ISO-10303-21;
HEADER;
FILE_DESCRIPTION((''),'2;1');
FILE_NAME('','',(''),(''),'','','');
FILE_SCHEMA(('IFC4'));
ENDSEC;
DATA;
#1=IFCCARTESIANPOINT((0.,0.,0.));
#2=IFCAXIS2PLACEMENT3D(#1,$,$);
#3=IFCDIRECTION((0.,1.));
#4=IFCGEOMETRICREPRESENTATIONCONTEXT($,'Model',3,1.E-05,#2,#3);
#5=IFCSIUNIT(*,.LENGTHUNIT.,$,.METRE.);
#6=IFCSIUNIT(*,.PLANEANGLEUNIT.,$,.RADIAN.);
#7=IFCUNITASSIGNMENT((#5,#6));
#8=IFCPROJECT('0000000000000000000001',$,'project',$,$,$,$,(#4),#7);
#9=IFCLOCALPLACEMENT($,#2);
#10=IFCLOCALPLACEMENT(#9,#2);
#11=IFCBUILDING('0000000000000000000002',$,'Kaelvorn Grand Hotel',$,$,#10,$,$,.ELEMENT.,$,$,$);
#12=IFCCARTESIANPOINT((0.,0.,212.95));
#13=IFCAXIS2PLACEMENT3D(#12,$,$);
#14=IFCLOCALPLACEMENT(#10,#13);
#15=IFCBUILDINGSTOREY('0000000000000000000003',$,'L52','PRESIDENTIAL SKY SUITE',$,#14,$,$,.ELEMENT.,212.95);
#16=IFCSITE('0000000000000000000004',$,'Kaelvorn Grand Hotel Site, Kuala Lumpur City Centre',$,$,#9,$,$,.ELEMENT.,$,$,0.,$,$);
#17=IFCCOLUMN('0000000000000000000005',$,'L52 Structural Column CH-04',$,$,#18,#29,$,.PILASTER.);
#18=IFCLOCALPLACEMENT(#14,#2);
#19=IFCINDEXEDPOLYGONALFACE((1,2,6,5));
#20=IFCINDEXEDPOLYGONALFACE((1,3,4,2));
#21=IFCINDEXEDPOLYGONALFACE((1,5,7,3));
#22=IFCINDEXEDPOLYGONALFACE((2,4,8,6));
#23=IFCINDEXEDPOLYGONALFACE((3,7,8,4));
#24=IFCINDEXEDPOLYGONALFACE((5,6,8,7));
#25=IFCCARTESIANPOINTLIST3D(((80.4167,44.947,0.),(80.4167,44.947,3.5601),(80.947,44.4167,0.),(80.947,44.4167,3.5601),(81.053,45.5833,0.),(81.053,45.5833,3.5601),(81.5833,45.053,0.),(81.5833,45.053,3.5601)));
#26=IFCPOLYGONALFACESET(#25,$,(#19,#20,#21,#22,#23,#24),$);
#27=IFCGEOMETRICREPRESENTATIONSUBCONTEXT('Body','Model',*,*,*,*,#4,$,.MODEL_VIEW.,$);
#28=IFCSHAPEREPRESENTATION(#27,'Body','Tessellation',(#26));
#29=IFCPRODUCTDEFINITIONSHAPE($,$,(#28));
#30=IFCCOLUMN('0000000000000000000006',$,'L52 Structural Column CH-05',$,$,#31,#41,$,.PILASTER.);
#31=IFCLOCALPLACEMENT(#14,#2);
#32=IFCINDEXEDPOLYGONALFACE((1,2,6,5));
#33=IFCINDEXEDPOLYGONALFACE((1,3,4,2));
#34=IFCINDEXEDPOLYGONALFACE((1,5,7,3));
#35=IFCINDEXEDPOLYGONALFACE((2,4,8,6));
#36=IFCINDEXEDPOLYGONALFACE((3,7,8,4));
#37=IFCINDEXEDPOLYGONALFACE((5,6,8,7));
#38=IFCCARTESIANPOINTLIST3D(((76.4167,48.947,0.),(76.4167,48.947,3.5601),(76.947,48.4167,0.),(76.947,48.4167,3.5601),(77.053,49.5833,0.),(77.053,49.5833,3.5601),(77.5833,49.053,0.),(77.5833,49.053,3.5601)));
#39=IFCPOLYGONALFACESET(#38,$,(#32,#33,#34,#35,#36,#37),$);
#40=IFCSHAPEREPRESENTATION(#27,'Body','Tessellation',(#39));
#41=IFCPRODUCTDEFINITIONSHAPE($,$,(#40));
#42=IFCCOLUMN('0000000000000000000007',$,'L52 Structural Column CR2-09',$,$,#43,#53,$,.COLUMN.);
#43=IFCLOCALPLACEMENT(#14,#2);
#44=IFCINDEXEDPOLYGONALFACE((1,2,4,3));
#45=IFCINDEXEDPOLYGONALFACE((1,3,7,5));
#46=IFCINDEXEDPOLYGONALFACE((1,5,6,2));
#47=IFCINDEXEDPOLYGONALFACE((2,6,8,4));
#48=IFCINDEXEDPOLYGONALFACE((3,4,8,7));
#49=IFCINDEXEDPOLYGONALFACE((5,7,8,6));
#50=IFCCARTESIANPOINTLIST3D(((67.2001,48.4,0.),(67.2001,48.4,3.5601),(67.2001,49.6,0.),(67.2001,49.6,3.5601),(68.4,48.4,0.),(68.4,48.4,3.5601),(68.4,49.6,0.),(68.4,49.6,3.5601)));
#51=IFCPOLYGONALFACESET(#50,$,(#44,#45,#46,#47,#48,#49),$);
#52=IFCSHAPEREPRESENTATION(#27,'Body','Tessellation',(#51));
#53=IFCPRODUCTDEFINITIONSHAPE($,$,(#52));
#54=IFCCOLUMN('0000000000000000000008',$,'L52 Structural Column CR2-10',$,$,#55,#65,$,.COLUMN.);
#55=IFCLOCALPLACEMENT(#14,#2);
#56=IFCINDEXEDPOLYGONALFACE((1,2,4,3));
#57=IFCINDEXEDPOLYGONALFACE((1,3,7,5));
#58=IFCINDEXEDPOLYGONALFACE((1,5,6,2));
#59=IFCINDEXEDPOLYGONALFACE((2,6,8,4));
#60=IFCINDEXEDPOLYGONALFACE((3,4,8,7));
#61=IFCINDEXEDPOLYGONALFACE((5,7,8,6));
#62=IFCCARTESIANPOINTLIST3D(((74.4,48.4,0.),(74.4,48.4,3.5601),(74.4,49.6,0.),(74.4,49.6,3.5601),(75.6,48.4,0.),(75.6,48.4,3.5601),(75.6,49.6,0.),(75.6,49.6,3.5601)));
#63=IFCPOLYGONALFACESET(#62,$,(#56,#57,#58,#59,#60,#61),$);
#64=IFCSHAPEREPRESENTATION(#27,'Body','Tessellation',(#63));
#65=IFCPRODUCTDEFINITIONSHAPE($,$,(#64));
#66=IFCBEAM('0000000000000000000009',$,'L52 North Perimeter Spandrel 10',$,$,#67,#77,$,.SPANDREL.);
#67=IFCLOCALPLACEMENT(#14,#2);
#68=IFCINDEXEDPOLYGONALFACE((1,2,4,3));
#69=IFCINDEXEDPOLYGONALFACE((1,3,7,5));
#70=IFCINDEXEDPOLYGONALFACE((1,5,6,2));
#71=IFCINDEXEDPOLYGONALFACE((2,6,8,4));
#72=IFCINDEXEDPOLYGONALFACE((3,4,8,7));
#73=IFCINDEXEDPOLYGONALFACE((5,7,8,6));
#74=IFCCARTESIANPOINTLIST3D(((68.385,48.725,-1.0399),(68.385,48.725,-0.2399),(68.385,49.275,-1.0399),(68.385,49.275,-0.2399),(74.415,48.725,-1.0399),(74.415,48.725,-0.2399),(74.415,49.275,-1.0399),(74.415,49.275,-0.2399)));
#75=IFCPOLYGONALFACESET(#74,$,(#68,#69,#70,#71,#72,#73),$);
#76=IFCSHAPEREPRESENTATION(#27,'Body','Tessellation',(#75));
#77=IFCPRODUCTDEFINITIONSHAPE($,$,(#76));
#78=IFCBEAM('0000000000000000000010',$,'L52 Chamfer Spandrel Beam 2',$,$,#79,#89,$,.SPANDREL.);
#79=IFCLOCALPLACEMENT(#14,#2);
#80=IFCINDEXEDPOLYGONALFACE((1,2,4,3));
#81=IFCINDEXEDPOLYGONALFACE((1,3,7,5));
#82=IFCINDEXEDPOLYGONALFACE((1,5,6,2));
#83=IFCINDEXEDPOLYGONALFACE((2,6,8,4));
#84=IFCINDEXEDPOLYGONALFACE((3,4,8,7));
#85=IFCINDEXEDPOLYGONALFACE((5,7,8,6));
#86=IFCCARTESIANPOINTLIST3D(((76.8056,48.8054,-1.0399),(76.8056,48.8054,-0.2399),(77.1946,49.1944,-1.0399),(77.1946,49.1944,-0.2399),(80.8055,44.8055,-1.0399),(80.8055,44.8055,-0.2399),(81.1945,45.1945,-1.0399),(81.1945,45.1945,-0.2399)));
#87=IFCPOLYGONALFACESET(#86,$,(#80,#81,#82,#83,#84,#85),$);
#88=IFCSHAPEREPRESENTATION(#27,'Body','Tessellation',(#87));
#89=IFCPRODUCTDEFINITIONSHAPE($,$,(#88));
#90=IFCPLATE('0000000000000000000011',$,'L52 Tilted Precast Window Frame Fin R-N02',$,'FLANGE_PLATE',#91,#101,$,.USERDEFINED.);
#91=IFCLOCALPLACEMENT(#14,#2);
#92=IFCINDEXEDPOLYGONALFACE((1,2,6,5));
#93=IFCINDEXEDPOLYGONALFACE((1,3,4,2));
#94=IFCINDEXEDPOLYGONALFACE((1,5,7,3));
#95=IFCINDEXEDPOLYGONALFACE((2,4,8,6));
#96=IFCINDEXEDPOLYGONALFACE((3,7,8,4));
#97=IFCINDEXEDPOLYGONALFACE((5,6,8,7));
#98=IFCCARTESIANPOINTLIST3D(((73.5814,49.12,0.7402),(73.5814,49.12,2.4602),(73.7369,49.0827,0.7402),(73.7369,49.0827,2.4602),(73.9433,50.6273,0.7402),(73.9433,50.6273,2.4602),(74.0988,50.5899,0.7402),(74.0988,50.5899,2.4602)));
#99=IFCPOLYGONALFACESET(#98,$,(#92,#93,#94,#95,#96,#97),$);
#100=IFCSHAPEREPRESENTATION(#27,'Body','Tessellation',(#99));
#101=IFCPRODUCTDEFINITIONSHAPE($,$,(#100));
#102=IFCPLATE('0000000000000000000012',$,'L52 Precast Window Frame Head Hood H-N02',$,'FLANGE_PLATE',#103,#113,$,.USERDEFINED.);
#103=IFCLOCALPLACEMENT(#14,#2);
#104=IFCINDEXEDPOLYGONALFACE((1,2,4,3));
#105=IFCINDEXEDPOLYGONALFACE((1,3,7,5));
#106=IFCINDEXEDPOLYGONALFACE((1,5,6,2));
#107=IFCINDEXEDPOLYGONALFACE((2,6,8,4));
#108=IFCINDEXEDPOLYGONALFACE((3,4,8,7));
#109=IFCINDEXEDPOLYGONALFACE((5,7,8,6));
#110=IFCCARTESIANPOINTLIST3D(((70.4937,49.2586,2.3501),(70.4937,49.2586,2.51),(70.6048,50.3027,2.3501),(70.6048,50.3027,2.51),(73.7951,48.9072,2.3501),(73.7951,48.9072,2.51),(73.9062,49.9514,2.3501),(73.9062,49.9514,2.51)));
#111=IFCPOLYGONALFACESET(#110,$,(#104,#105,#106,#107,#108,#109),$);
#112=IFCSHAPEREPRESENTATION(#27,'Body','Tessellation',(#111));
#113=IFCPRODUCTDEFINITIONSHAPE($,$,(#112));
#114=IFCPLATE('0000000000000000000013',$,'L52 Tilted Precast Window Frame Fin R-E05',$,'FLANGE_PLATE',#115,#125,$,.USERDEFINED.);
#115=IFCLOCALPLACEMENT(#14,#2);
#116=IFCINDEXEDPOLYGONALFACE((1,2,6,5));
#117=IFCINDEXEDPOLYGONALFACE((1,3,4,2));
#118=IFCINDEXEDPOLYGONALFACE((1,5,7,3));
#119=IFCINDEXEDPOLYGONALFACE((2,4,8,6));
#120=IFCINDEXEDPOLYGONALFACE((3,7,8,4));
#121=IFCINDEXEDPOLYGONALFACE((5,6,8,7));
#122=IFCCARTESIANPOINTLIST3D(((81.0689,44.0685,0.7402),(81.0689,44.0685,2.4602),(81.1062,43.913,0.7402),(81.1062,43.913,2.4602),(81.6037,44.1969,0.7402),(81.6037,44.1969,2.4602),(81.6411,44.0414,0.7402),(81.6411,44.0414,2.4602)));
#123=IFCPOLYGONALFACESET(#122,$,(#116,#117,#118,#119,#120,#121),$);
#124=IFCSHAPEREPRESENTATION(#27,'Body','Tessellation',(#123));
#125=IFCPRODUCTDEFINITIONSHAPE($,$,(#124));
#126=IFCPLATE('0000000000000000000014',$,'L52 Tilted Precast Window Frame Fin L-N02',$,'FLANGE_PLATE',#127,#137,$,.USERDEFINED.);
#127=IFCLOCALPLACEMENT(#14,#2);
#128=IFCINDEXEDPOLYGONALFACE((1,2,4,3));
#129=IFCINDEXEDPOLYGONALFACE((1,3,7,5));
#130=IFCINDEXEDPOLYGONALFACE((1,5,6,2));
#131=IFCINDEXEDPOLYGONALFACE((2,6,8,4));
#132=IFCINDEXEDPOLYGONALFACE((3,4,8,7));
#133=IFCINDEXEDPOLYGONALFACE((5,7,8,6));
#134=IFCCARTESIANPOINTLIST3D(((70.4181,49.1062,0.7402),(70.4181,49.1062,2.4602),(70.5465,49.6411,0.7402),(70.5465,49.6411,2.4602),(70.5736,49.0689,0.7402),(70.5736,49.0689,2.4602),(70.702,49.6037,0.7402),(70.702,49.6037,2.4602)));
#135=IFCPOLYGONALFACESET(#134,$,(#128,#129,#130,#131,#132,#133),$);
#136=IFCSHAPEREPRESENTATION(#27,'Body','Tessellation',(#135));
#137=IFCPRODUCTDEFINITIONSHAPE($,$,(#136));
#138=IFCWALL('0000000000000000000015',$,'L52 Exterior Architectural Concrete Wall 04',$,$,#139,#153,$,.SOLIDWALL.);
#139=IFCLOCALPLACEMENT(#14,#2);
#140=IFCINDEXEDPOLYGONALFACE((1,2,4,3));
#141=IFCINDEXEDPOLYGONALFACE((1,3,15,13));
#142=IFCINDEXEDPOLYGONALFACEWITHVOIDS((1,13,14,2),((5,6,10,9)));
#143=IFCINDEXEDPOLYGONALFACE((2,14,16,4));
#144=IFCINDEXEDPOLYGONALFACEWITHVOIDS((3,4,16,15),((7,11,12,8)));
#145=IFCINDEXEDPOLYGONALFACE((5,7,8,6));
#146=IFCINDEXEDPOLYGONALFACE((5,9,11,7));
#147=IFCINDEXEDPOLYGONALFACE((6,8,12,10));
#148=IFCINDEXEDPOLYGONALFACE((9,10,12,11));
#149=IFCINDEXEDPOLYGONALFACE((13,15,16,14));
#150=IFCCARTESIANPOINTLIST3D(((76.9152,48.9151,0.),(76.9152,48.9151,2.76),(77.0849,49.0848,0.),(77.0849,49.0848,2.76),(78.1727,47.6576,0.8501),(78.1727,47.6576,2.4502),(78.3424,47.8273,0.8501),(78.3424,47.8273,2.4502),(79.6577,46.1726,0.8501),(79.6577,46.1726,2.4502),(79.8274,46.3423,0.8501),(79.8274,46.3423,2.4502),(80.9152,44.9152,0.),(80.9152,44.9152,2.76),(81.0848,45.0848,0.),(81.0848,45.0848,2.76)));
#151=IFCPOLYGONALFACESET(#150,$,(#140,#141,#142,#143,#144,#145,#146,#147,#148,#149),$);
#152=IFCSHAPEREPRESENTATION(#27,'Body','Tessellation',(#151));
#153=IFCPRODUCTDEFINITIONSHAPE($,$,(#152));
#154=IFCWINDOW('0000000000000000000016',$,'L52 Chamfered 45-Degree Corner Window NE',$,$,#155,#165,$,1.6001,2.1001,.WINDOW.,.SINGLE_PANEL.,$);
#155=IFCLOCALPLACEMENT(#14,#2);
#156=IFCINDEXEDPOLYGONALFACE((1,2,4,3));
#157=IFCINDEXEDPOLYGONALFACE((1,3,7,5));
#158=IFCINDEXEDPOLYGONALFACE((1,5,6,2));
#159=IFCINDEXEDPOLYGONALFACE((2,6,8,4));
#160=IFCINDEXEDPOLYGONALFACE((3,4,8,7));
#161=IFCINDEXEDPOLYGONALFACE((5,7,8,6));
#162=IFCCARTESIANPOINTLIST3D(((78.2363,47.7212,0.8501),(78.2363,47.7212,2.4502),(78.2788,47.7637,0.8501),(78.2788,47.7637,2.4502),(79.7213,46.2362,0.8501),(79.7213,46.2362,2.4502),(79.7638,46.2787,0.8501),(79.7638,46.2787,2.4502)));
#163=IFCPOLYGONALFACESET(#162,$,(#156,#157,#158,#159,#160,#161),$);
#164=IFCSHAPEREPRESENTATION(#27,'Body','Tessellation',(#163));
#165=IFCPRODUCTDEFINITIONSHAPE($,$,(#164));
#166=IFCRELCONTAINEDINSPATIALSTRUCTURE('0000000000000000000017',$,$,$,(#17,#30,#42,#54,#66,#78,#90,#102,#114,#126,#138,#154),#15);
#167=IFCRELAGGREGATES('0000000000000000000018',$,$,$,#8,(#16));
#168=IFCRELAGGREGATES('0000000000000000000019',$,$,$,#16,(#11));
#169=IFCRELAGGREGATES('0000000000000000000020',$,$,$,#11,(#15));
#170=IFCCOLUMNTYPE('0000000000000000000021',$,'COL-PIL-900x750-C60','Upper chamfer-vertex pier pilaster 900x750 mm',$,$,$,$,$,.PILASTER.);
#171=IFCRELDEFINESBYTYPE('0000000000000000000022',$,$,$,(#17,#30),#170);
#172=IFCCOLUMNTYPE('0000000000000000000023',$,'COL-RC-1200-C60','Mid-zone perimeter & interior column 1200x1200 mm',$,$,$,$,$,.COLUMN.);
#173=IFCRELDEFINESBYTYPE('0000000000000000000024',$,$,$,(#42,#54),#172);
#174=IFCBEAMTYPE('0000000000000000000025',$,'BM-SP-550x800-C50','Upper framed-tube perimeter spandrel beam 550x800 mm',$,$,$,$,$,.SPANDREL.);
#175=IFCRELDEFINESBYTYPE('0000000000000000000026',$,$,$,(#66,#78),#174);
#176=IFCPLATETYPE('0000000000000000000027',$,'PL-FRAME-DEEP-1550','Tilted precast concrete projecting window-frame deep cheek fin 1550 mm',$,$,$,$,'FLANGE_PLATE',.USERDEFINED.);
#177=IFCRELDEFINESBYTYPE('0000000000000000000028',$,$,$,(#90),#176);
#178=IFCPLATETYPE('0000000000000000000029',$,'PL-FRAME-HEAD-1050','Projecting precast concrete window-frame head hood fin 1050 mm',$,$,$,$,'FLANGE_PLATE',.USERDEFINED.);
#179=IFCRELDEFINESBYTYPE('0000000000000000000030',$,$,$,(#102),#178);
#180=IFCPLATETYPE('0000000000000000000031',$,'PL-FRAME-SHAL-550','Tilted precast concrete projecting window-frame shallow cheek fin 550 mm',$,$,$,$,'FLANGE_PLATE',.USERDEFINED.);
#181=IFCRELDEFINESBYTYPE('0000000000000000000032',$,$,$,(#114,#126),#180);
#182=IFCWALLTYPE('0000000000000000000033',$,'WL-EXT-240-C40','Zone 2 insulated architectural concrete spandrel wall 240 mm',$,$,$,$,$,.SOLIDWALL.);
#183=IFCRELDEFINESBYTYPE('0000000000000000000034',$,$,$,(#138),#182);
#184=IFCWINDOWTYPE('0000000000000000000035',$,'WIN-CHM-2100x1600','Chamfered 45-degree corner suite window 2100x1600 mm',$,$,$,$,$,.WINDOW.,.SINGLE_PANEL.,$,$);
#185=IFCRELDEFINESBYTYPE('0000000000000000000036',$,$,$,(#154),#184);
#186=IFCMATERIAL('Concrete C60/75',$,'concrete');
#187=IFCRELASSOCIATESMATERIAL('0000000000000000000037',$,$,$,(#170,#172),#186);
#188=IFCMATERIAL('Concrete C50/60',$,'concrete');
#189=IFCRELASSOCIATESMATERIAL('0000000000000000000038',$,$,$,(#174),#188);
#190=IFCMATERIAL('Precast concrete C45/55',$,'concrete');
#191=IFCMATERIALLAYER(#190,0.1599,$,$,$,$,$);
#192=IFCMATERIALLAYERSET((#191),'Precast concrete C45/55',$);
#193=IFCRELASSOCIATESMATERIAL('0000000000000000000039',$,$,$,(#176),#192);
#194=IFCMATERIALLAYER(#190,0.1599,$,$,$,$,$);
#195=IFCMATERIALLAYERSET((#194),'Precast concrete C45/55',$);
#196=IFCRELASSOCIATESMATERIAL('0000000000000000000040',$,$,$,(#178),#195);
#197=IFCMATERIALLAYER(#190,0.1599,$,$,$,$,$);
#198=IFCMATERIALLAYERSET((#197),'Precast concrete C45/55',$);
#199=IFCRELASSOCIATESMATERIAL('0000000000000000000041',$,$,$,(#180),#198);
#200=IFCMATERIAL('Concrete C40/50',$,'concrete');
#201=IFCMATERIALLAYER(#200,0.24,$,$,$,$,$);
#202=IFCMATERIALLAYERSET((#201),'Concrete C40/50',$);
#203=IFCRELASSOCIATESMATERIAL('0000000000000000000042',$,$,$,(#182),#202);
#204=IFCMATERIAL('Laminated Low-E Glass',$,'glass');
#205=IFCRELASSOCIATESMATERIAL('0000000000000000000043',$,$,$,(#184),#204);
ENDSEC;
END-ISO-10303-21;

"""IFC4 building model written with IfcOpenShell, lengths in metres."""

from ifc_helpers import new_model, si_unit, direction, frame, frame_2d, origin, origin_2d, place, context, subcontext, project, spatial, rectangle, extrude, material, layer, layer_set, material_profile, profile_set, type_object, element, fill, save


model = new_model("IFC4")

# Units and contexts
model_context = context("Model", 3, precision=1e-05, world=origin(), true_north=direction((0.0, 1.0)))
body_context = subcontext(model_context, "Body", "Model", "MODEL_VIEW")
ifc_project = project(units=[si_unit("LENGTHUNIT", "METRE"), si_unit("PLANEANGLEUNIT", "RADIAN")], contexts=[model_context])

# Site, building, storey
site_placement = place(None, origin())
site = spatial("IfcSite", under=ifc_project, at=site_placement, Name="Kaelvorn Grand Hotel Site, Kuala Lumpur City Centre", CompositionType="ELEMENT", RefElevation=0.0)
building_placement = place(site_placement, origin())
building = spatial("IfcBuilding", under=site, at=building_placement, Name="Kaelvorn Grand Hotel", CompositionType="ELEMENT")
storey_placement = place(building_placement, frame((0.0, 0.0, 212.95)))
storey = spatial("IfcBuildingStorey", under=building, at=storey_placement, Name="L52", Description="PRESIDENTIAL SKY SUITE", CompositionType="ELEMENT", Elevation=212.95)

# Columns
ifc_material_1 = material(Name="Concrete C60/75", Category="concrete")
ifc_material_profile_1 = material_profile(ifc_material_1, rectangle(XDim=0.8999, YDim=0.75, at=origin_2d()), Name="RC PILASTER 900x750")
ifc_profile_set_1 = profile_set([ifc_material_profile_1], Name="Concrete C60/75")
column_type_1 = type_object("IfcColumnType", Name="COL-PIL-900x750-C60", Description="Upper chamfer-vertex pier pilaster 900x750 mm", PredefinedType="PILASTER", material=ifc_profile_set_1)
for number, where, z_axis, x_axis, name in (
    (1, (81.0, 45.0, 0.0), (0.0, 0.0, 1.0), (0.707107, 0.707107, 0.0), "L52 Structural Column CH-04"),
    (2, (77.0, 49.0, 0.0), (0.0, 0.0, 1.0), (0.707107, 0.707107, 0.0), "L52 Structural Column CH-05"),
):
    element("IfcColumn", number, at=place(storey_placement, frame(where, z_axis=z_axis, x_axis=x_axis)), inside=storey, type_object=column_type_1, Name=name, PredefinedType="PILASTER", context=body_context, shape_type="SweptSolid", body=[
        extrude(rectangle(XDim=0.8999, YDim=0.75, at=origin_2d()), origin(), (0.0, 0.0, 1.0), 3.5601),
    ])
ifc_material_profile_2 = material_profile(ifc_material_1, rectangle(XDim=1.2, YDim=1.2, at=origin_2d()), Name="RC COL 1200x1200")
ifc_profile_set_2 = profile_set([ifc_material_profile_2], Name="Concrete C60/75")
column_type_2 = type_object("IfcColumnType", Name="COL-RC-1200-C60", Description="Mid-zone perimeter & interior column 1200x1200 mm", PredefinedType="COLUMN", material=ifc_profile_set_2)
for number, where, z_axis, x_axis, name in (
    (3, (67.8, 49.0, 0.0), (0.0, 0.0, 1.0), (1.0, 0.0, 0.0), "L52 Structural Column CR2-09"),
    (4, (75.0, 49.0, 0.0), (0.0, 0.0, 1.0), (1.0, 0.0, 0.0), "L52 Structural Column CR2-10"),
):
    element("IfcColumn", number, at=place(storey_placement, frame(where, z_axis=z_axis, x_axis=x_axis)), inside=storey, type_object=column_type_2, Name=name, PredefinedType="COLUMN", context=body_context, shape_type="SweptSolid", body=[
        extrude(rectangle(XDim=1.2, YDim=1.2, at=origin_2d()), origin(), (0.0, 0.0, 1.0), 3.5601),
    ])

# Beams
ifc_material_2 = material(Name="Concrete C50/60", Category="concrete")
ifc_material_profile_3 = material_profile(ifc_material_2, rectangle(XDim=0.55, YDim=0.8, at=origin_2d()), Name="RC SPANDREL 550x800")
ifc_profile_set_3 = profile_set([ifc_material_profile_3], Name="Concrete C50/60")
beam_type = type_object("IfcBeamType", Name="BM-SP-550x800-C50", Description="Upper framed-tube perimeter spandrel beam 550x800 mm", PredefinedType="SPANDREL", material=ifc_profile_set_3)
beam_1_placement = place(storey_placement, frame((68.385, 49.0, -0.6399), z_axis=(1.0, 0.0, 0.0), x_axis=(0.0, 1.0, 0.0)))
element("IfcBeam", 5, at=beam_1_placement, inside=storey, type_object=beam_type, Name="L52 North Perimeter Spandrel 10", PredefinedType="SPANDREL", context=body_context, shape_type="SweptSolid", body=[
    extrude(rectangle(XDim=0.55, YDim=0.8, at=origin_2d()), origin(), (0.0, 0.0, 1.0), 6.03),
])
beam_2_placement = place(storey_placement, frame((81.0, 45.0, -0.6399), z_axis=(-0.707107, 0.707107, 0.0), x_axis=(-0.707107, -0.707107, 0.0)))
element("IfcBeam", 6, at=beam_2_placement, inside=storey, type_object=beam_type, Name="L52 Chamfer Spandrel Beam 2", PredefinedType="SPANDREL", context=body_context, shape_type="SweptSolid", body=[
    extrude(rectangle(XDim=0.55, YDim=0.8, at=origin_2d()), origin(), (0.0, 0.0, 1.0), 5.6567),
])

# Plates
ifc_material_3 = material(Name="Precast concrete C45/55", Category="concrete")
ifc_layer_1 = layer(ifc_material_3, 0.1599)
ifc_layer_set_1 = layer_set([ifc_layer_1], Name="Precast concrete C45/55")
plate_type_1 = type_object("IfcPlateType", Name="PL-FRAME-DEEP-1550", Description="Tilted precast concrete projecting window-frame deep cheek fin 1550 mm", ElementType="FLANGE_PLATE", PredefinedType="USERDEFINED", material=ifc_layer_set_1)
plate_1_placement = place(storey_placement, frame((73.8401, 49.855, 0.7402), z_axis=(0.0, 0.0, 1.0), x_axis=(0.97237, -0.233445, 0.0)))
element("IfcPlate", 7, at=plate_1_placement, inside=storey, type_object=plate_type_1, Name="L52 Tilted Precast Window Frame Fin R-N02", ObjectType="FLANGE_PLATE", PredefinedType="USERDEFINED", context=body_context, shape_type="SweptSolid", body=[
    extrude(rectangle(XDim=0.1599, YDim=1.55, at=origin_2d()), origin(), (0.0, 0.0, 1.0), 1.72),
])
ifc_layer_2 = layer(ifc_material_3, 0.1599)
ifc_layer_set_2 = layer_set([ifc_layer_2], Name="Precast concrete C45/55")
plate_type_2 = type_object("IfcPlateType", Name="PL-FRAME-HEAD-1050", Description="Projecting precast concrete window-frame head hood fin 1050 mm", ElementType="FLANGE_PLATE", PredefinedType="USERDEFINED", material=ifc_layer_set_2)
plate_2_placement = place(storey_placement, frame((72.2, 49.605, 2.3501), z_axis=(0.0, 0.0, 1.0), x_axis=(0.994384, -0.10583, 0.0)))
element("IfcPlate", 8, at=plate_2_placement, inside=storey, type_object=plate_type_2, Name="L52 Precast Window Frame Head Hood H-N02", ObjectType="FLANGE_PLATE", PredefinedType="USERDEFINED", context=body_context, shape_type="SweptSolid", body=[
    extrude(rectangle(XDim=3.3201, YDim=1.05, at=origin_2d()), origin(), (0.0, 0.0, 1.0), 0.1599),
])
ifc_layer_3 = layer(ifc_material_3, 0.1599)
ifc_layer_set_3 = layer_set([ifc_layer_3], Name="Precast concrete C45/55")
plate_type_3 = type_object("IfcPlateType", Name="PL-FRAME-SHAL-550", Description="Tilted precast concrete projecting window-frame shallow cheek fin 550 mm", ElementType="FLANGE_PLATE", PredefinedType="USERDEFINED", material=ifc_layer_set_3)
for number, where, z_axis, x_axis, name in (
    (9, (81.355, 44.0549, 0.7402), (0.0, 0.0, 1.0), (-0.233445, 0.97237, 0.0), "L52 Tilted Precast Window Frame Fin R-E05"),
    (10, (70.5601, 49.355, 0.7402), (0.0, 0.0, 1.0), (0.97237, -0.233445, 0.0), "L52 Tilted Precast Window Frame Fin L-N02"),
):
    element("IfcPlate", number, at=place(storey_placement, frame(where, z_axis=z_axis, x_axis=x_axis)), inside=storey, type_object=plate_type_3, Name=name, ObjectType="FLANGE_PLATE", PredefinedType="USERDEFINED", context=body_context, shape_type="SweptSolid", body=[
        extrude(rectangle(XDim=0.1599, YDim=0.55, at=origin_2d()), origin(), (0.0, 0.0, 1.0), 1.72),
    ])

# Wall, opening, window
ifc_material_4 = material(Name="Concrete C40/50", Category="concrete")
ifc_layer_4 = layer(ifc_material_4, 0.24)
ifc_layer_set_4 = layer_set([ifc_layer_4], Name="Concrete C40/50")
wall_type = type_object("IfcWallType", Name="WL-EXT-240-C40", Description="Zone 2 insulated architectural concrete spandrel wall 240 mm", PredefinedType="SOLIDWALL", material=ifc_layer_set_4)
wall_1_placement = place(storey_placement, frame((81.0, 45.0, 0.0), z_axis=(0.0, 0.0, 1.0), x_axis=(-0.707107, 0.707107, 0.0)))
wall_1 = element("IfcWall", 11, at=wall_1_placement, inside=storey, type_object=wall_type, Name="L52 Exterior Architectural Concrete Wall 04", PredefinedType="SOLIDWALL", context=body_context, shape_type="SweptSolid", body=[
    extrude(rectangle(XDim=5.6567, YDim=0.24, at=frame_2d((2.8284, 0.0))), origin(), (0.0, 0.0, 1.0), 2.76),
])
opening_1_placement = place(wall_1_placement, frame((1.7783, 0.0, 0.8501)))
opening_1 = element("IfcOpeningElement", 12, at=opening_1_placement, cuts=wall_1, PredefinedType="OPENING", context=body_context, shape_type="SweptSolid", body=[
    extrude(rectangle(XDim=2.1001, YDim=1.6001, at=frame_2d((1.05, 0.8))), frame((0.0, 0.1299, 0.0), z_axis=(0.0, -1.0, 0.0), x_axis=(1.0, 0.0, 0.0)), (0.0, 0.0, 1.0), 0.26),
])
ifc_material_5 = material(Name="Laminated Low-E Glass", Category="glass")
window_type_1 = type_object("IfcWindowType", Name="WIN-CHM-2100x1600", Description="Chamfered 45-degree corner suite window 2100x1600 mm", PartitioningType="SINGLE_PANEL", PredefinedType="WINDOW", material=ifc_material_5)
window_1_placement = place(opening_1_placement, origin())
window_1 = element("IfcWindow", 13, at=window_1_placement, inside=storey, type_object=window_type_1, Name="L52 Chamfered 45-Degree Corner Window NE", OverallHeight=1.6001, OverallWidth=2.1001, PartitioningType="SINGLE_PANEL", PredefinedType="WINDOW", context=body_context, shape_type="SweptSolid", body=[
    extrude(rectangle(XDim=2.1001, YDim=1.6001, at=frame_2d((1.05, 0.8))), frame((0.0, 0.03, 0.0), z_axis=(0.0, -1.0, 0.0), x_axis=(1.0, 0.0, 0.0)), (0.0, 0.0, 1.0), 0.0601),
])
fill(opening_1, window_1)

save(model, "model.ifc")
